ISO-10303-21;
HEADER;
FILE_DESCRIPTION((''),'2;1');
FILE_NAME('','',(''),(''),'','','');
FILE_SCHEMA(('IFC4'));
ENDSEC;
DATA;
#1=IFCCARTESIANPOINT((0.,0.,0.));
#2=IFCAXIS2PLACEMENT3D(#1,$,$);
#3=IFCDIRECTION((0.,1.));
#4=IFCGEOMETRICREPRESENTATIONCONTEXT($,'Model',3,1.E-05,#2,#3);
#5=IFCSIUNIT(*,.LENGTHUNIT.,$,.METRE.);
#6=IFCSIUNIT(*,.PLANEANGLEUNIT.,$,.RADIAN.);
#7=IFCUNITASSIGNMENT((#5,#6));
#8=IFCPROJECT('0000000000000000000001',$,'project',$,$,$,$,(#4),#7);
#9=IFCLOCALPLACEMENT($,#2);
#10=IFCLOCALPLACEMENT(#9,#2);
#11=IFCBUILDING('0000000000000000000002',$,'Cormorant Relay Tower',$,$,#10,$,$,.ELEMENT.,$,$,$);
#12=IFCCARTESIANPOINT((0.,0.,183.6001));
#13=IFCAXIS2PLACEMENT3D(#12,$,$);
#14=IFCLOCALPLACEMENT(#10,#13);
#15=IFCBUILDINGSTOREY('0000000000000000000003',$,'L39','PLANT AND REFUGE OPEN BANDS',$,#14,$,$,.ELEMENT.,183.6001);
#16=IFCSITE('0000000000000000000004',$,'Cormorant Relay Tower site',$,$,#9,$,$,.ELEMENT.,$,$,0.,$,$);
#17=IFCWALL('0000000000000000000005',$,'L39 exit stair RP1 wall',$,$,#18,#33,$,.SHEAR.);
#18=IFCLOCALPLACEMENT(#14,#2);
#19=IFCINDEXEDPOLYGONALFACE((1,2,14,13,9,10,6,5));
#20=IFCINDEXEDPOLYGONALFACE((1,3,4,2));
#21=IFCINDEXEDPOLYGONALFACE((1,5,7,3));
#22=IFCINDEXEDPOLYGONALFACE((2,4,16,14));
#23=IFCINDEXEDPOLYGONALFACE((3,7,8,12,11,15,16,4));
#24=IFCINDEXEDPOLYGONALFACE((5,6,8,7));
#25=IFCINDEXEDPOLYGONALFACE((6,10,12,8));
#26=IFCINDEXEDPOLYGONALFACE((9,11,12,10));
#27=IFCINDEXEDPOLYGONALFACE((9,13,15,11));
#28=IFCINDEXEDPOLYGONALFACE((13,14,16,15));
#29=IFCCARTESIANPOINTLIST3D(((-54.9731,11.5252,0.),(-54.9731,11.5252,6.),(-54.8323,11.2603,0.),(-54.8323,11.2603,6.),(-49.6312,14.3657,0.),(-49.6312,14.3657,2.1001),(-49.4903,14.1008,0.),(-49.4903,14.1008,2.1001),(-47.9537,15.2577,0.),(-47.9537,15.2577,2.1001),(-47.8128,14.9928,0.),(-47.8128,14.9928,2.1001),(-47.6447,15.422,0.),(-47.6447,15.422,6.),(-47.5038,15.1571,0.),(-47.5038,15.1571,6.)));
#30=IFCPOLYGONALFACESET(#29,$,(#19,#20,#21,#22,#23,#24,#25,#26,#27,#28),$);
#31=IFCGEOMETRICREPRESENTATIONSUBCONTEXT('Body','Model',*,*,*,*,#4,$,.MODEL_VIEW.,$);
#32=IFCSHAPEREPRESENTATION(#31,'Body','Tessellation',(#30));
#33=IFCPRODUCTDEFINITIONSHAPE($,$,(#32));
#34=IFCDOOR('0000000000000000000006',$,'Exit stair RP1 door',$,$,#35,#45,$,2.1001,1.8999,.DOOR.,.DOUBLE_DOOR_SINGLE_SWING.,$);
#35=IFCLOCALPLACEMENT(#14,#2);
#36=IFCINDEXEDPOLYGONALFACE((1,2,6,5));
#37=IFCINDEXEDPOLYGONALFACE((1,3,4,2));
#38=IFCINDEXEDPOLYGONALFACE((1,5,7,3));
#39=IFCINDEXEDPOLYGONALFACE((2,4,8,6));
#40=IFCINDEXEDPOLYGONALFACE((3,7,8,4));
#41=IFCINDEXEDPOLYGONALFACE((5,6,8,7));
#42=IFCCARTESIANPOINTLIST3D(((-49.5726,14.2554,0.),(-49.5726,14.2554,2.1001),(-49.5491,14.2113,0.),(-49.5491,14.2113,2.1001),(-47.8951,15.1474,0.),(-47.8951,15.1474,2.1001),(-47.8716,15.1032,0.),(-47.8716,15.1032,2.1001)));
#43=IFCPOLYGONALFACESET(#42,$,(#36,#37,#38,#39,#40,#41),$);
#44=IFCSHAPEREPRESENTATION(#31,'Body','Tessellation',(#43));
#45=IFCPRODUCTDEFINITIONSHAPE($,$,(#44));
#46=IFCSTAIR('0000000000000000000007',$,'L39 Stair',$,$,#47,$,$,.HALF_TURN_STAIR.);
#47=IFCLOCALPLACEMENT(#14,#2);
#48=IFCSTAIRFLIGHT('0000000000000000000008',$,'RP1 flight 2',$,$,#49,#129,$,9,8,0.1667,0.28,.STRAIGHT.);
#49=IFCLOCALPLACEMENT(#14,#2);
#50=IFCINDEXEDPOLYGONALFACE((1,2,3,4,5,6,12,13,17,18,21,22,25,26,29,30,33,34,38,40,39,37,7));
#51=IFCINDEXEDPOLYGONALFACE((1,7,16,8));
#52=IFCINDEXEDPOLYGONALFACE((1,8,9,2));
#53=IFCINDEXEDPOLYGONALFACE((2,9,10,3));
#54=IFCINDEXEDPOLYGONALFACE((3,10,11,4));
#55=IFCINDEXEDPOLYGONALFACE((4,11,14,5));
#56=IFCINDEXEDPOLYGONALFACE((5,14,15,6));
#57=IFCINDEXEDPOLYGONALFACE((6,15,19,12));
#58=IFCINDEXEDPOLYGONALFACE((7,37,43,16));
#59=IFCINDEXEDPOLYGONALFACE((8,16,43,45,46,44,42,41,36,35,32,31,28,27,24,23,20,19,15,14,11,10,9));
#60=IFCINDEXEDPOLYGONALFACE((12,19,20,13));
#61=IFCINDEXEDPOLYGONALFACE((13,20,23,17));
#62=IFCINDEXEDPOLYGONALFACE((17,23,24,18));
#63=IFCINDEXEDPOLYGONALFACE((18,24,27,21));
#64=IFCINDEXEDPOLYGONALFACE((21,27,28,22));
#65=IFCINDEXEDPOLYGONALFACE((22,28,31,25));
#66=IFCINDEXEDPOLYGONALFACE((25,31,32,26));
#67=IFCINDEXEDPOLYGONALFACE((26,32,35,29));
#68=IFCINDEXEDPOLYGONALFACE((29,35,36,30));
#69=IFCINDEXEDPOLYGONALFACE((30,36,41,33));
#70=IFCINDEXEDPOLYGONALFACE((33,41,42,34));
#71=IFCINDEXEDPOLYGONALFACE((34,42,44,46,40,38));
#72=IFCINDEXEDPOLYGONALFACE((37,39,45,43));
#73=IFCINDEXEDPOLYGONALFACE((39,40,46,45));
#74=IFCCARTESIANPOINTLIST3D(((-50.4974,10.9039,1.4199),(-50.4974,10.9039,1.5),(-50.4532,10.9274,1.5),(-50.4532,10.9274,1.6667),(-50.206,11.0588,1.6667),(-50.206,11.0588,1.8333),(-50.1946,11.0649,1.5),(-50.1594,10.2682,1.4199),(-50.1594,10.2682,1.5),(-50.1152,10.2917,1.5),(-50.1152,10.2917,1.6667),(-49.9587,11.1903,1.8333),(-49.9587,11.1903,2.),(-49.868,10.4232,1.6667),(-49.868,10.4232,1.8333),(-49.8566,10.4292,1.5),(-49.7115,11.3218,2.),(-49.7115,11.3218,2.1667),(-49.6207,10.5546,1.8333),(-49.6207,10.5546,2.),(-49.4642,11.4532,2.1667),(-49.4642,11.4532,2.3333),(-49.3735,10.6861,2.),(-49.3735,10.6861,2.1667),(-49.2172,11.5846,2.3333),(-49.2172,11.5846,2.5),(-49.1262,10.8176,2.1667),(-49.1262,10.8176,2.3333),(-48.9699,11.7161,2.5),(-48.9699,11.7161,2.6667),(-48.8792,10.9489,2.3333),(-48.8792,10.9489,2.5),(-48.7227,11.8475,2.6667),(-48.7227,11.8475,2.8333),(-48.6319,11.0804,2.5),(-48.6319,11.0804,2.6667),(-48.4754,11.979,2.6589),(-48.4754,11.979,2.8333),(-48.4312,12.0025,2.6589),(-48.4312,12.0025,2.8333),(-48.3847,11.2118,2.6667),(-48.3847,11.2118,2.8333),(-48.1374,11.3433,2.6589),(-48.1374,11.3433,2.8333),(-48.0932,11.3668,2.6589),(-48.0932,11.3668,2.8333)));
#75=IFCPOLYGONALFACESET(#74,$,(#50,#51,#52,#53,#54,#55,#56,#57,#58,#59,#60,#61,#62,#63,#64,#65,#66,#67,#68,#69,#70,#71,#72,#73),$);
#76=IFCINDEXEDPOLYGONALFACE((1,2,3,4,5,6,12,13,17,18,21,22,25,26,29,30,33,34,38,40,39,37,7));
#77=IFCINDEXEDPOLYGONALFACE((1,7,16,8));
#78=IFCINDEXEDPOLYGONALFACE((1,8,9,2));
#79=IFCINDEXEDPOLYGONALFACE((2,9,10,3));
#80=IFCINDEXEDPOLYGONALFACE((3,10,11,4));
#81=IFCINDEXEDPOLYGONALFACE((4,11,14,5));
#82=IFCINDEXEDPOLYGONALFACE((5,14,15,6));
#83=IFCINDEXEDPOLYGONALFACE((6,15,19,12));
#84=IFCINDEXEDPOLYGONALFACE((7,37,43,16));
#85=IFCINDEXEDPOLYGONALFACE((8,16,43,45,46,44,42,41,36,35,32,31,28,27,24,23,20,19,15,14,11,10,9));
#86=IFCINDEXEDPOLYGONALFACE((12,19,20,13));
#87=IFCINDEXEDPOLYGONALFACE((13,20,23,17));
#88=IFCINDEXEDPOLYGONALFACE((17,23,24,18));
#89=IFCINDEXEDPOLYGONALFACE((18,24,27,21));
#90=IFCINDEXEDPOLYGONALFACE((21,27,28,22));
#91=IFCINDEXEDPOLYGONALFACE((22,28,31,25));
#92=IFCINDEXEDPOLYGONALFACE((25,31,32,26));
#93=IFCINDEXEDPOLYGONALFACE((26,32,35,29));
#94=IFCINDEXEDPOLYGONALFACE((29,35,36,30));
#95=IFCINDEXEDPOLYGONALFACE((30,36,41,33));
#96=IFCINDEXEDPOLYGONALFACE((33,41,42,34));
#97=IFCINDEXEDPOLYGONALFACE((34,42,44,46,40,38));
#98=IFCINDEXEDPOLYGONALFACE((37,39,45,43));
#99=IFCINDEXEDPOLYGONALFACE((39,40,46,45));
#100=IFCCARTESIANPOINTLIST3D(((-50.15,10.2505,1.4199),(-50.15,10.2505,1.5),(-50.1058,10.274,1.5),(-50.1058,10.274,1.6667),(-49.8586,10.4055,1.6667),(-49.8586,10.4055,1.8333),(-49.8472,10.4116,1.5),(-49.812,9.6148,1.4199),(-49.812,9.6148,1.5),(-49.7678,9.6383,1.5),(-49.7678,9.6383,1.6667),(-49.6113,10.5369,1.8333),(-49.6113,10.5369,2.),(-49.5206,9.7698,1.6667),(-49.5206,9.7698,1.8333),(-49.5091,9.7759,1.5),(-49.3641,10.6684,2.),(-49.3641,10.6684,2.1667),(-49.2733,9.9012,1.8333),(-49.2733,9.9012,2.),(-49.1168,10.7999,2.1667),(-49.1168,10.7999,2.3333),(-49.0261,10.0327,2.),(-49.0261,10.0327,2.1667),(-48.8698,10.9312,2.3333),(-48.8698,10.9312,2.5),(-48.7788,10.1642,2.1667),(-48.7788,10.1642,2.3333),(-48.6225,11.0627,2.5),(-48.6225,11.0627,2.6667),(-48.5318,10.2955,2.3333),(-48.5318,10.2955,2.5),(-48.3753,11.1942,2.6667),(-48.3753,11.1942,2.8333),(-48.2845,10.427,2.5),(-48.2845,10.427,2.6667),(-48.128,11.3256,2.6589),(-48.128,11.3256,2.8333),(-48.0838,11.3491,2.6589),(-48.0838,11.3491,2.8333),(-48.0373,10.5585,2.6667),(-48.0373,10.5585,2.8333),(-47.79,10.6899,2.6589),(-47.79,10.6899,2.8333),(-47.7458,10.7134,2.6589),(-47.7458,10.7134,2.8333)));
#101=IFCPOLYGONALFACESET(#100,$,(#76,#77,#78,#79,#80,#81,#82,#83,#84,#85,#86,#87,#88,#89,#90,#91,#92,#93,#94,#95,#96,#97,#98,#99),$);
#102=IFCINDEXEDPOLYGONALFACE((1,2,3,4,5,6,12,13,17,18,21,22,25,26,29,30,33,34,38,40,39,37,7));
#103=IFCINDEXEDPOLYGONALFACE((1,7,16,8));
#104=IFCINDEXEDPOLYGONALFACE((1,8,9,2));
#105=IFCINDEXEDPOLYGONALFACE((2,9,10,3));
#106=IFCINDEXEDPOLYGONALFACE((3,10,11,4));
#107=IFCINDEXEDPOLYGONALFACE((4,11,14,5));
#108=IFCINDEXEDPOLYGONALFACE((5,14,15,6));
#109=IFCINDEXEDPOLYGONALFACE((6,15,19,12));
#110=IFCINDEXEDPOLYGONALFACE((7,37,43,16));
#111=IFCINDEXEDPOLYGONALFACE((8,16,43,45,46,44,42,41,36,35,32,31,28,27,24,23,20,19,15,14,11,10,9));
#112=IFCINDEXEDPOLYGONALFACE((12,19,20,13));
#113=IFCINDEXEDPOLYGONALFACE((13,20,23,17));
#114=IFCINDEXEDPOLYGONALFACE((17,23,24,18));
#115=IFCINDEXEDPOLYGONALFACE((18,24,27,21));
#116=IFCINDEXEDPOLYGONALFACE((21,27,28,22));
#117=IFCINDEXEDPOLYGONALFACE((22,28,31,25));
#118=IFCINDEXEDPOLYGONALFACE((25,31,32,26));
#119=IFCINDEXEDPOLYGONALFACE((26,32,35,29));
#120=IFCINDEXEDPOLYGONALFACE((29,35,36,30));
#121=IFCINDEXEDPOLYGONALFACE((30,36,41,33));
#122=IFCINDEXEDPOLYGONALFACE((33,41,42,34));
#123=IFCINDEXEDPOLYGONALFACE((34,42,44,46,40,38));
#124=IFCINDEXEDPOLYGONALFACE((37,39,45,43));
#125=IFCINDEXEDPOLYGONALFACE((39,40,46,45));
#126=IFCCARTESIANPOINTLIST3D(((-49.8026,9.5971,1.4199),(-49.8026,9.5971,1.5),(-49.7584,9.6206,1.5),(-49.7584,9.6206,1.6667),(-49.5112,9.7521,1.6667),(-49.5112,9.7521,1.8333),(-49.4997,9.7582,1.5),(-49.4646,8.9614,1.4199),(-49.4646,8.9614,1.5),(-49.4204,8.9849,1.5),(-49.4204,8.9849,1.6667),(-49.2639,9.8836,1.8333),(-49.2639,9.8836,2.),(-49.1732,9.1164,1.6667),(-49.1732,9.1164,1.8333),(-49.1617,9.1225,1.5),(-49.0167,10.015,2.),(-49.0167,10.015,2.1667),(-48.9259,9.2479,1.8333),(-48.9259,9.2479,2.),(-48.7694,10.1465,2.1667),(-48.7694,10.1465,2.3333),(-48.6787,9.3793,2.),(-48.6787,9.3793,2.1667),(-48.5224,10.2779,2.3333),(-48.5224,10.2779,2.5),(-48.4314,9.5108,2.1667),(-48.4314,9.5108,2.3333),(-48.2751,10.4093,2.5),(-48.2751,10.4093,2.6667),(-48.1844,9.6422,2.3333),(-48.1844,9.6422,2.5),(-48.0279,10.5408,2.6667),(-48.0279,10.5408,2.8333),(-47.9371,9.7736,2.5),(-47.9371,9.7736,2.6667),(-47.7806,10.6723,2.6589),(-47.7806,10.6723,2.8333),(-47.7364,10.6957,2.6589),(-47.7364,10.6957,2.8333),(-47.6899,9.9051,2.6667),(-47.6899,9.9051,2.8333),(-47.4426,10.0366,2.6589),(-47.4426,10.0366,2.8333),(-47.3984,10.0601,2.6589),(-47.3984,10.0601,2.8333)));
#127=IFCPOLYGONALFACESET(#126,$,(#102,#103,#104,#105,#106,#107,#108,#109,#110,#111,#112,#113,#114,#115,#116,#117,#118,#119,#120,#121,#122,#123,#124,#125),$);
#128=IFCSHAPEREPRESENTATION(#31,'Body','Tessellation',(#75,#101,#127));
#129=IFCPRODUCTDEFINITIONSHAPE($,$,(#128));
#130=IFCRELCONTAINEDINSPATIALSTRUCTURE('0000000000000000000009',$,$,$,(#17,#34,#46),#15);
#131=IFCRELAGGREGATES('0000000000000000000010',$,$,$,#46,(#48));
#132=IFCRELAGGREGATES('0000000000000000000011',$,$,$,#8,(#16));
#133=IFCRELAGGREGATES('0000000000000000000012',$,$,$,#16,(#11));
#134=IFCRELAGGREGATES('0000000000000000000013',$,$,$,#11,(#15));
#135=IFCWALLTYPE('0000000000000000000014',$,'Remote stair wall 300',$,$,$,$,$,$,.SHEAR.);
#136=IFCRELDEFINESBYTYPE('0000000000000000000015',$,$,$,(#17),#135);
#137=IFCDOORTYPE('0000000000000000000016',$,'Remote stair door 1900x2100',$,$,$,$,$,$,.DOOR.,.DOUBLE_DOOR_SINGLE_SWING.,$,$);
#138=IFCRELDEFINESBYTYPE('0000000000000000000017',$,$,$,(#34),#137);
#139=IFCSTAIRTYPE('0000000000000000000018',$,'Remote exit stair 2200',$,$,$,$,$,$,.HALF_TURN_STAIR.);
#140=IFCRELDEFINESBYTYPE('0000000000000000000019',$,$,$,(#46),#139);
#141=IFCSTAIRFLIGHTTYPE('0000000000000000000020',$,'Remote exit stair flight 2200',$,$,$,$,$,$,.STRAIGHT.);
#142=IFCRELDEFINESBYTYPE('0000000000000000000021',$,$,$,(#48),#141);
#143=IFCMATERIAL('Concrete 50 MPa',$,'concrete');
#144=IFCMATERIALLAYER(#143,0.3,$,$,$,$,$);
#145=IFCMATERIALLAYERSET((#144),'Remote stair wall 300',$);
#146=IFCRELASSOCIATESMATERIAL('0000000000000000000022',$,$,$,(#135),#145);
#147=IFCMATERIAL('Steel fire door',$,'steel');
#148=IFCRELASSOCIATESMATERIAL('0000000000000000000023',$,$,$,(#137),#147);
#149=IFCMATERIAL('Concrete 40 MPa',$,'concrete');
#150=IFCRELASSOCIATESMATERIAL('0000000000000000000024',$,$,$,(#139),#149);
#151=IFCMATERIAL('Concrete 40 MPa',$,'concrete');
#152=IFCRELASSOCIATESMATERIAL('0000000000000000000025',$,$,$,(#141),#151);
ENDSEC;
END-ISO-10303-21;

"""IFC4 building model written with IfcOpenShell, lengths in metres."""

from ifc_helpers import new_model, si_unit, direction, frame, frame_2d, origin, place, context, subcontext, project, spatial, polyline, rectangle, outline, extrude, material, layer, layer_set, type_object, element, fill, aggregate, save


model = new_model("IFC4")

# Units and contexts
model_context = context("Model", 3, precision=1e-05, world=origin(), true_north=direction((0.0, 1.0)))
body_context = subcontext(model_context, "Body", "Model", "MODEL_VIEW")
ifc_project = project(units=[si_unit("LENGTHUNIT", "METRE"), si_unit("PLANEANGLEUNIT", "RADIAN")], contexts=[model_context])

# Site, building, storey
site_placement = place(None, origin())
site = spatial("IfcSite", under=ifc_project, at=site_placement, Name="Cormorant Relay Tower site", CompositionType="ELEMENT", RefElevation=0.0)
building_placement = place(site_placement, origin())
building = spatial("IfcBuilding", under=site, at=building_placement, Name="Cormorant Relay Tower", CompositionType="ELEMENT")
storey_placement = place(building_placement, frame((0.0, 0.0, 183.6001)))
storey = spatial("IfcBuildingStorey", under=building, at=storey_placement, Name="L39", Description="PLANT AND REFUGE OPEN BANDS", CompositionType="ELEMENT", Elevation=183.6001)

# Shared definitions
ifc_material_1 = material(Name="Concrete 50 MPa", Category="concrete")
ifc_layer_1 = layer(ifc_material_1, 0.3)
ifc_layer_set_1 = layer_set([ifc_layer_1], Name="Remote stair wall 300")
wall_type_1 = type_object("IfcWallType", Name="Remote stair wall 300", PredefinedType="SHEAR", material=ifc_layer_set_1)

# Wall, opening, door
wall_1_placement = place(storey_placement, frame((-54.9026, 11.3928, 0.0), z_axis=(0.0, 0.0, 1.0), x_axis=(0.882939, 0.469487, 0.0)))
wall_1 = element("IfcWall", 1, at=wall_1_placement, inside=storey, type_object=wall_type_1, Name="L39 exit stair RP1 wall", PredefinedType="SHEAR", context=body_context, shape_type="SweptSolid", body=[
    extrude(rectangle(XDim=8.3, YDim=0.3, at=frame_2d((4.1499, 0.0))), origin(), (0.0, 0.0, 1.0), 6.0),
])
opening_1_placement = place(wall_1_placement, frame((6.05, 0.0, 0.0)))
opening_1 = element("IfcOpeningElement", 2, at=opening_1_placement, cuts=wall_1, PredefinedType="OPENING", context=body_context, shape_type="SweptSolid", body=[
    extrude(rectangle(XDim=1.8999, YDim=2.1001, at=frame_2d((0.95, 1.05))), frame((0.0, 0.1599, 0.0), z_axis=(0.0, -1.0, 0.0), x_axis=(1.0, 0.0, 0.0)), (0.0, 0.0, 1.0), 0.3201),
])
ifc_material_2 = material(Name="Steel fire door", Category="steel")
door_type_1 = type_object("IfcDoorType", Name="Remote stair door 1900x2100", OperationType="DOUBLE_DOOR_SINGLE_SWING", PredefinedType="DOOR", material=ifc_material_2)
door_1_placement = place(opening_1_placement, frame((1.8999, 0.0, 0.0), z_axis=(0.0, 0.0, 1.0), x_axis=(-1.0, 0.0, 0.0)))
door_1 = element("IfcDoor", 3, at=door_1_placement, inside=storey, type_object=door_type_1, Name="Exit stair RP1 door", OperationType="DOUBLE_DOOR_SINGLE_SWING", OverallHeight=2.1001, OverallWidth=1.8999, PredefinedType="DOOR", context=body_context, shape_type="SweptSolid", body=[
    extrude(rectangle(XDim=1.8999, YDim=2.1001, at=frame_2d((0.95, 1.05))), frame((0.0, 0.0249, 0.0), z_axis=(0.0, -1.0, 0.0), x_axis=(1.0, 0.0, 0.0)), (0.0, 0.0, 1.0), 0.05),
])
fill(opening_1, door_1)

# Stair, stair flight
ifc_material_3 = material(Name="Concrete 40 MPa", Category="concrete")
stair_type = type_object("IfcStairType", Name="Remote exit stair 2200", PredefinedType="HALF_TURN_STAIR", material=ifc_material_3)
stair_placement = place(storey_placement, origin())
stair = element("IfcStair", 4, at=stair_placement, inside=storey, type_object=stair_type, Name="L39 Stair", PredefinedType="HALF_TURN_STAIR")
ifc_material_4 = material(Name="Concrete 40 MPa", Category="concrete")
stair_flight_type = type_object("IfcStairFlightType", Name="Remote exit stair flight 2200", PredefinedType="STRAIGHT", material=ifc_material_4)
stair_flight_1_placement = place(storey_placement, frame((-49.9368, 9.9561, 1.5), z_axis=(0.0, 0.0, 1.0), x_axis=(0.882948, 0.469472, 0.0)))
stair_flight_1 = element("IfcStairFlight", 5, at=stair_flight_1_placement, type_object=stair_flight_type, Name="RP1 flight 2", NumberOfRisers=9, NumberOfTreads=8, PredefinedType="STRAIGHT", RiserHeight=0.1667, TreadLength=0.28, context=body_context, shape_type="SweptSolid", body=[
    extrude(outline(polyline([(-0.05, -0.0801), (-0.05, 0.0), (0.0, 0.0), (0.0, 0.1667), (0.28, 0.1667), (0.28, 0.3333), (0.5601, 0.3333), (0.5601, 0.5), (0.8401, 0.5), (0.8401, 0.6667), (1.1201, 0.6667), (1.1201, 0.8333), (1.3999, 0.8333), (1.3999, 1.0), (1.6799, 1.0), (1.6799, 1.1667), (1.96, 1.1667), (1.96, 1.3333), (2.24, 1.3333), (2.29, 1.3333), (2.29, 1.1589), (2.24, 1.1589), (0.293, 0.0), (-0.05, -0.0801)])), frame((0.0, 1.1001, 0.0), z_axis=(0.0, -1.0, 0.0), x_axis=(1.0, 0.0, 0.0)), (0.0, 0.0, 1.0), 0.72),
    extrude(outline(polyline([(-0.05, -0.0801), (-0.05, 0.0), (0.0, 0.0), (0.0, 0.1667), (0.28, 0.1667), (0.28, 0.3333), (0.5601, 0.3333), (0.5601, 0.5), (0.8401, 0.5), (0.8401, 0.6667), (1.1201, 0.6667), (1.1201, 0.8333), (1.3999, 0.8333), (1.3999, 1.0), (1.6799, 1.0), (1.6799, 1.1667), (1.96, 1.1667), (1.96, 1.3333), (2.24, 1.3333), (2.29, 1.3333), (2.29, 1.1589), (2.24, 1.1589), (0.293, 0.0), (-0.05, -0.0801)])), frame((0.0, 0.3601, 0.0), z_axis=(0.0, -1.0, 0.0), x_axis=(1.0, 0.0, 0.0)), (0.0, 0.0, 1.0), 0.72),
    extrude(outline(polyline([(-0.05, -0.0801), (-0.05, 0.0), (0.0, 0.0), (0.0, 0.1667), (0.28, 0.1667), (0.28, 0.3333), (0.5601, 0.3333), (0.5601, 0.5), (0.8401, 0.5), (0.8401, 0.6667), (1.1201, 0.6667), (1.1201, 0.8333), (1.3999, 0.8333), (1.3999, 1.0), (1.6799, 1.0), (1.6799, 1.1667), (1.96, 1.1667), (1.96, 1.3333), (2.24, 1.3333), (2.29, 1.3333), (2.29, 1.1589), (2.24, 1.1589), (0.293, 0.0), (-0.05, -0.0801)])), frame((0.0, -0.3799, 0.0), z_axis=(0.0, -1.0, 0.0), x_axis=(1.0, 0.0, 0.0)), (0.0, 0.0, 1.0), 0.72),
])
aggregate(stair, [stair_flight_1])

save(model, "model.ifc")
